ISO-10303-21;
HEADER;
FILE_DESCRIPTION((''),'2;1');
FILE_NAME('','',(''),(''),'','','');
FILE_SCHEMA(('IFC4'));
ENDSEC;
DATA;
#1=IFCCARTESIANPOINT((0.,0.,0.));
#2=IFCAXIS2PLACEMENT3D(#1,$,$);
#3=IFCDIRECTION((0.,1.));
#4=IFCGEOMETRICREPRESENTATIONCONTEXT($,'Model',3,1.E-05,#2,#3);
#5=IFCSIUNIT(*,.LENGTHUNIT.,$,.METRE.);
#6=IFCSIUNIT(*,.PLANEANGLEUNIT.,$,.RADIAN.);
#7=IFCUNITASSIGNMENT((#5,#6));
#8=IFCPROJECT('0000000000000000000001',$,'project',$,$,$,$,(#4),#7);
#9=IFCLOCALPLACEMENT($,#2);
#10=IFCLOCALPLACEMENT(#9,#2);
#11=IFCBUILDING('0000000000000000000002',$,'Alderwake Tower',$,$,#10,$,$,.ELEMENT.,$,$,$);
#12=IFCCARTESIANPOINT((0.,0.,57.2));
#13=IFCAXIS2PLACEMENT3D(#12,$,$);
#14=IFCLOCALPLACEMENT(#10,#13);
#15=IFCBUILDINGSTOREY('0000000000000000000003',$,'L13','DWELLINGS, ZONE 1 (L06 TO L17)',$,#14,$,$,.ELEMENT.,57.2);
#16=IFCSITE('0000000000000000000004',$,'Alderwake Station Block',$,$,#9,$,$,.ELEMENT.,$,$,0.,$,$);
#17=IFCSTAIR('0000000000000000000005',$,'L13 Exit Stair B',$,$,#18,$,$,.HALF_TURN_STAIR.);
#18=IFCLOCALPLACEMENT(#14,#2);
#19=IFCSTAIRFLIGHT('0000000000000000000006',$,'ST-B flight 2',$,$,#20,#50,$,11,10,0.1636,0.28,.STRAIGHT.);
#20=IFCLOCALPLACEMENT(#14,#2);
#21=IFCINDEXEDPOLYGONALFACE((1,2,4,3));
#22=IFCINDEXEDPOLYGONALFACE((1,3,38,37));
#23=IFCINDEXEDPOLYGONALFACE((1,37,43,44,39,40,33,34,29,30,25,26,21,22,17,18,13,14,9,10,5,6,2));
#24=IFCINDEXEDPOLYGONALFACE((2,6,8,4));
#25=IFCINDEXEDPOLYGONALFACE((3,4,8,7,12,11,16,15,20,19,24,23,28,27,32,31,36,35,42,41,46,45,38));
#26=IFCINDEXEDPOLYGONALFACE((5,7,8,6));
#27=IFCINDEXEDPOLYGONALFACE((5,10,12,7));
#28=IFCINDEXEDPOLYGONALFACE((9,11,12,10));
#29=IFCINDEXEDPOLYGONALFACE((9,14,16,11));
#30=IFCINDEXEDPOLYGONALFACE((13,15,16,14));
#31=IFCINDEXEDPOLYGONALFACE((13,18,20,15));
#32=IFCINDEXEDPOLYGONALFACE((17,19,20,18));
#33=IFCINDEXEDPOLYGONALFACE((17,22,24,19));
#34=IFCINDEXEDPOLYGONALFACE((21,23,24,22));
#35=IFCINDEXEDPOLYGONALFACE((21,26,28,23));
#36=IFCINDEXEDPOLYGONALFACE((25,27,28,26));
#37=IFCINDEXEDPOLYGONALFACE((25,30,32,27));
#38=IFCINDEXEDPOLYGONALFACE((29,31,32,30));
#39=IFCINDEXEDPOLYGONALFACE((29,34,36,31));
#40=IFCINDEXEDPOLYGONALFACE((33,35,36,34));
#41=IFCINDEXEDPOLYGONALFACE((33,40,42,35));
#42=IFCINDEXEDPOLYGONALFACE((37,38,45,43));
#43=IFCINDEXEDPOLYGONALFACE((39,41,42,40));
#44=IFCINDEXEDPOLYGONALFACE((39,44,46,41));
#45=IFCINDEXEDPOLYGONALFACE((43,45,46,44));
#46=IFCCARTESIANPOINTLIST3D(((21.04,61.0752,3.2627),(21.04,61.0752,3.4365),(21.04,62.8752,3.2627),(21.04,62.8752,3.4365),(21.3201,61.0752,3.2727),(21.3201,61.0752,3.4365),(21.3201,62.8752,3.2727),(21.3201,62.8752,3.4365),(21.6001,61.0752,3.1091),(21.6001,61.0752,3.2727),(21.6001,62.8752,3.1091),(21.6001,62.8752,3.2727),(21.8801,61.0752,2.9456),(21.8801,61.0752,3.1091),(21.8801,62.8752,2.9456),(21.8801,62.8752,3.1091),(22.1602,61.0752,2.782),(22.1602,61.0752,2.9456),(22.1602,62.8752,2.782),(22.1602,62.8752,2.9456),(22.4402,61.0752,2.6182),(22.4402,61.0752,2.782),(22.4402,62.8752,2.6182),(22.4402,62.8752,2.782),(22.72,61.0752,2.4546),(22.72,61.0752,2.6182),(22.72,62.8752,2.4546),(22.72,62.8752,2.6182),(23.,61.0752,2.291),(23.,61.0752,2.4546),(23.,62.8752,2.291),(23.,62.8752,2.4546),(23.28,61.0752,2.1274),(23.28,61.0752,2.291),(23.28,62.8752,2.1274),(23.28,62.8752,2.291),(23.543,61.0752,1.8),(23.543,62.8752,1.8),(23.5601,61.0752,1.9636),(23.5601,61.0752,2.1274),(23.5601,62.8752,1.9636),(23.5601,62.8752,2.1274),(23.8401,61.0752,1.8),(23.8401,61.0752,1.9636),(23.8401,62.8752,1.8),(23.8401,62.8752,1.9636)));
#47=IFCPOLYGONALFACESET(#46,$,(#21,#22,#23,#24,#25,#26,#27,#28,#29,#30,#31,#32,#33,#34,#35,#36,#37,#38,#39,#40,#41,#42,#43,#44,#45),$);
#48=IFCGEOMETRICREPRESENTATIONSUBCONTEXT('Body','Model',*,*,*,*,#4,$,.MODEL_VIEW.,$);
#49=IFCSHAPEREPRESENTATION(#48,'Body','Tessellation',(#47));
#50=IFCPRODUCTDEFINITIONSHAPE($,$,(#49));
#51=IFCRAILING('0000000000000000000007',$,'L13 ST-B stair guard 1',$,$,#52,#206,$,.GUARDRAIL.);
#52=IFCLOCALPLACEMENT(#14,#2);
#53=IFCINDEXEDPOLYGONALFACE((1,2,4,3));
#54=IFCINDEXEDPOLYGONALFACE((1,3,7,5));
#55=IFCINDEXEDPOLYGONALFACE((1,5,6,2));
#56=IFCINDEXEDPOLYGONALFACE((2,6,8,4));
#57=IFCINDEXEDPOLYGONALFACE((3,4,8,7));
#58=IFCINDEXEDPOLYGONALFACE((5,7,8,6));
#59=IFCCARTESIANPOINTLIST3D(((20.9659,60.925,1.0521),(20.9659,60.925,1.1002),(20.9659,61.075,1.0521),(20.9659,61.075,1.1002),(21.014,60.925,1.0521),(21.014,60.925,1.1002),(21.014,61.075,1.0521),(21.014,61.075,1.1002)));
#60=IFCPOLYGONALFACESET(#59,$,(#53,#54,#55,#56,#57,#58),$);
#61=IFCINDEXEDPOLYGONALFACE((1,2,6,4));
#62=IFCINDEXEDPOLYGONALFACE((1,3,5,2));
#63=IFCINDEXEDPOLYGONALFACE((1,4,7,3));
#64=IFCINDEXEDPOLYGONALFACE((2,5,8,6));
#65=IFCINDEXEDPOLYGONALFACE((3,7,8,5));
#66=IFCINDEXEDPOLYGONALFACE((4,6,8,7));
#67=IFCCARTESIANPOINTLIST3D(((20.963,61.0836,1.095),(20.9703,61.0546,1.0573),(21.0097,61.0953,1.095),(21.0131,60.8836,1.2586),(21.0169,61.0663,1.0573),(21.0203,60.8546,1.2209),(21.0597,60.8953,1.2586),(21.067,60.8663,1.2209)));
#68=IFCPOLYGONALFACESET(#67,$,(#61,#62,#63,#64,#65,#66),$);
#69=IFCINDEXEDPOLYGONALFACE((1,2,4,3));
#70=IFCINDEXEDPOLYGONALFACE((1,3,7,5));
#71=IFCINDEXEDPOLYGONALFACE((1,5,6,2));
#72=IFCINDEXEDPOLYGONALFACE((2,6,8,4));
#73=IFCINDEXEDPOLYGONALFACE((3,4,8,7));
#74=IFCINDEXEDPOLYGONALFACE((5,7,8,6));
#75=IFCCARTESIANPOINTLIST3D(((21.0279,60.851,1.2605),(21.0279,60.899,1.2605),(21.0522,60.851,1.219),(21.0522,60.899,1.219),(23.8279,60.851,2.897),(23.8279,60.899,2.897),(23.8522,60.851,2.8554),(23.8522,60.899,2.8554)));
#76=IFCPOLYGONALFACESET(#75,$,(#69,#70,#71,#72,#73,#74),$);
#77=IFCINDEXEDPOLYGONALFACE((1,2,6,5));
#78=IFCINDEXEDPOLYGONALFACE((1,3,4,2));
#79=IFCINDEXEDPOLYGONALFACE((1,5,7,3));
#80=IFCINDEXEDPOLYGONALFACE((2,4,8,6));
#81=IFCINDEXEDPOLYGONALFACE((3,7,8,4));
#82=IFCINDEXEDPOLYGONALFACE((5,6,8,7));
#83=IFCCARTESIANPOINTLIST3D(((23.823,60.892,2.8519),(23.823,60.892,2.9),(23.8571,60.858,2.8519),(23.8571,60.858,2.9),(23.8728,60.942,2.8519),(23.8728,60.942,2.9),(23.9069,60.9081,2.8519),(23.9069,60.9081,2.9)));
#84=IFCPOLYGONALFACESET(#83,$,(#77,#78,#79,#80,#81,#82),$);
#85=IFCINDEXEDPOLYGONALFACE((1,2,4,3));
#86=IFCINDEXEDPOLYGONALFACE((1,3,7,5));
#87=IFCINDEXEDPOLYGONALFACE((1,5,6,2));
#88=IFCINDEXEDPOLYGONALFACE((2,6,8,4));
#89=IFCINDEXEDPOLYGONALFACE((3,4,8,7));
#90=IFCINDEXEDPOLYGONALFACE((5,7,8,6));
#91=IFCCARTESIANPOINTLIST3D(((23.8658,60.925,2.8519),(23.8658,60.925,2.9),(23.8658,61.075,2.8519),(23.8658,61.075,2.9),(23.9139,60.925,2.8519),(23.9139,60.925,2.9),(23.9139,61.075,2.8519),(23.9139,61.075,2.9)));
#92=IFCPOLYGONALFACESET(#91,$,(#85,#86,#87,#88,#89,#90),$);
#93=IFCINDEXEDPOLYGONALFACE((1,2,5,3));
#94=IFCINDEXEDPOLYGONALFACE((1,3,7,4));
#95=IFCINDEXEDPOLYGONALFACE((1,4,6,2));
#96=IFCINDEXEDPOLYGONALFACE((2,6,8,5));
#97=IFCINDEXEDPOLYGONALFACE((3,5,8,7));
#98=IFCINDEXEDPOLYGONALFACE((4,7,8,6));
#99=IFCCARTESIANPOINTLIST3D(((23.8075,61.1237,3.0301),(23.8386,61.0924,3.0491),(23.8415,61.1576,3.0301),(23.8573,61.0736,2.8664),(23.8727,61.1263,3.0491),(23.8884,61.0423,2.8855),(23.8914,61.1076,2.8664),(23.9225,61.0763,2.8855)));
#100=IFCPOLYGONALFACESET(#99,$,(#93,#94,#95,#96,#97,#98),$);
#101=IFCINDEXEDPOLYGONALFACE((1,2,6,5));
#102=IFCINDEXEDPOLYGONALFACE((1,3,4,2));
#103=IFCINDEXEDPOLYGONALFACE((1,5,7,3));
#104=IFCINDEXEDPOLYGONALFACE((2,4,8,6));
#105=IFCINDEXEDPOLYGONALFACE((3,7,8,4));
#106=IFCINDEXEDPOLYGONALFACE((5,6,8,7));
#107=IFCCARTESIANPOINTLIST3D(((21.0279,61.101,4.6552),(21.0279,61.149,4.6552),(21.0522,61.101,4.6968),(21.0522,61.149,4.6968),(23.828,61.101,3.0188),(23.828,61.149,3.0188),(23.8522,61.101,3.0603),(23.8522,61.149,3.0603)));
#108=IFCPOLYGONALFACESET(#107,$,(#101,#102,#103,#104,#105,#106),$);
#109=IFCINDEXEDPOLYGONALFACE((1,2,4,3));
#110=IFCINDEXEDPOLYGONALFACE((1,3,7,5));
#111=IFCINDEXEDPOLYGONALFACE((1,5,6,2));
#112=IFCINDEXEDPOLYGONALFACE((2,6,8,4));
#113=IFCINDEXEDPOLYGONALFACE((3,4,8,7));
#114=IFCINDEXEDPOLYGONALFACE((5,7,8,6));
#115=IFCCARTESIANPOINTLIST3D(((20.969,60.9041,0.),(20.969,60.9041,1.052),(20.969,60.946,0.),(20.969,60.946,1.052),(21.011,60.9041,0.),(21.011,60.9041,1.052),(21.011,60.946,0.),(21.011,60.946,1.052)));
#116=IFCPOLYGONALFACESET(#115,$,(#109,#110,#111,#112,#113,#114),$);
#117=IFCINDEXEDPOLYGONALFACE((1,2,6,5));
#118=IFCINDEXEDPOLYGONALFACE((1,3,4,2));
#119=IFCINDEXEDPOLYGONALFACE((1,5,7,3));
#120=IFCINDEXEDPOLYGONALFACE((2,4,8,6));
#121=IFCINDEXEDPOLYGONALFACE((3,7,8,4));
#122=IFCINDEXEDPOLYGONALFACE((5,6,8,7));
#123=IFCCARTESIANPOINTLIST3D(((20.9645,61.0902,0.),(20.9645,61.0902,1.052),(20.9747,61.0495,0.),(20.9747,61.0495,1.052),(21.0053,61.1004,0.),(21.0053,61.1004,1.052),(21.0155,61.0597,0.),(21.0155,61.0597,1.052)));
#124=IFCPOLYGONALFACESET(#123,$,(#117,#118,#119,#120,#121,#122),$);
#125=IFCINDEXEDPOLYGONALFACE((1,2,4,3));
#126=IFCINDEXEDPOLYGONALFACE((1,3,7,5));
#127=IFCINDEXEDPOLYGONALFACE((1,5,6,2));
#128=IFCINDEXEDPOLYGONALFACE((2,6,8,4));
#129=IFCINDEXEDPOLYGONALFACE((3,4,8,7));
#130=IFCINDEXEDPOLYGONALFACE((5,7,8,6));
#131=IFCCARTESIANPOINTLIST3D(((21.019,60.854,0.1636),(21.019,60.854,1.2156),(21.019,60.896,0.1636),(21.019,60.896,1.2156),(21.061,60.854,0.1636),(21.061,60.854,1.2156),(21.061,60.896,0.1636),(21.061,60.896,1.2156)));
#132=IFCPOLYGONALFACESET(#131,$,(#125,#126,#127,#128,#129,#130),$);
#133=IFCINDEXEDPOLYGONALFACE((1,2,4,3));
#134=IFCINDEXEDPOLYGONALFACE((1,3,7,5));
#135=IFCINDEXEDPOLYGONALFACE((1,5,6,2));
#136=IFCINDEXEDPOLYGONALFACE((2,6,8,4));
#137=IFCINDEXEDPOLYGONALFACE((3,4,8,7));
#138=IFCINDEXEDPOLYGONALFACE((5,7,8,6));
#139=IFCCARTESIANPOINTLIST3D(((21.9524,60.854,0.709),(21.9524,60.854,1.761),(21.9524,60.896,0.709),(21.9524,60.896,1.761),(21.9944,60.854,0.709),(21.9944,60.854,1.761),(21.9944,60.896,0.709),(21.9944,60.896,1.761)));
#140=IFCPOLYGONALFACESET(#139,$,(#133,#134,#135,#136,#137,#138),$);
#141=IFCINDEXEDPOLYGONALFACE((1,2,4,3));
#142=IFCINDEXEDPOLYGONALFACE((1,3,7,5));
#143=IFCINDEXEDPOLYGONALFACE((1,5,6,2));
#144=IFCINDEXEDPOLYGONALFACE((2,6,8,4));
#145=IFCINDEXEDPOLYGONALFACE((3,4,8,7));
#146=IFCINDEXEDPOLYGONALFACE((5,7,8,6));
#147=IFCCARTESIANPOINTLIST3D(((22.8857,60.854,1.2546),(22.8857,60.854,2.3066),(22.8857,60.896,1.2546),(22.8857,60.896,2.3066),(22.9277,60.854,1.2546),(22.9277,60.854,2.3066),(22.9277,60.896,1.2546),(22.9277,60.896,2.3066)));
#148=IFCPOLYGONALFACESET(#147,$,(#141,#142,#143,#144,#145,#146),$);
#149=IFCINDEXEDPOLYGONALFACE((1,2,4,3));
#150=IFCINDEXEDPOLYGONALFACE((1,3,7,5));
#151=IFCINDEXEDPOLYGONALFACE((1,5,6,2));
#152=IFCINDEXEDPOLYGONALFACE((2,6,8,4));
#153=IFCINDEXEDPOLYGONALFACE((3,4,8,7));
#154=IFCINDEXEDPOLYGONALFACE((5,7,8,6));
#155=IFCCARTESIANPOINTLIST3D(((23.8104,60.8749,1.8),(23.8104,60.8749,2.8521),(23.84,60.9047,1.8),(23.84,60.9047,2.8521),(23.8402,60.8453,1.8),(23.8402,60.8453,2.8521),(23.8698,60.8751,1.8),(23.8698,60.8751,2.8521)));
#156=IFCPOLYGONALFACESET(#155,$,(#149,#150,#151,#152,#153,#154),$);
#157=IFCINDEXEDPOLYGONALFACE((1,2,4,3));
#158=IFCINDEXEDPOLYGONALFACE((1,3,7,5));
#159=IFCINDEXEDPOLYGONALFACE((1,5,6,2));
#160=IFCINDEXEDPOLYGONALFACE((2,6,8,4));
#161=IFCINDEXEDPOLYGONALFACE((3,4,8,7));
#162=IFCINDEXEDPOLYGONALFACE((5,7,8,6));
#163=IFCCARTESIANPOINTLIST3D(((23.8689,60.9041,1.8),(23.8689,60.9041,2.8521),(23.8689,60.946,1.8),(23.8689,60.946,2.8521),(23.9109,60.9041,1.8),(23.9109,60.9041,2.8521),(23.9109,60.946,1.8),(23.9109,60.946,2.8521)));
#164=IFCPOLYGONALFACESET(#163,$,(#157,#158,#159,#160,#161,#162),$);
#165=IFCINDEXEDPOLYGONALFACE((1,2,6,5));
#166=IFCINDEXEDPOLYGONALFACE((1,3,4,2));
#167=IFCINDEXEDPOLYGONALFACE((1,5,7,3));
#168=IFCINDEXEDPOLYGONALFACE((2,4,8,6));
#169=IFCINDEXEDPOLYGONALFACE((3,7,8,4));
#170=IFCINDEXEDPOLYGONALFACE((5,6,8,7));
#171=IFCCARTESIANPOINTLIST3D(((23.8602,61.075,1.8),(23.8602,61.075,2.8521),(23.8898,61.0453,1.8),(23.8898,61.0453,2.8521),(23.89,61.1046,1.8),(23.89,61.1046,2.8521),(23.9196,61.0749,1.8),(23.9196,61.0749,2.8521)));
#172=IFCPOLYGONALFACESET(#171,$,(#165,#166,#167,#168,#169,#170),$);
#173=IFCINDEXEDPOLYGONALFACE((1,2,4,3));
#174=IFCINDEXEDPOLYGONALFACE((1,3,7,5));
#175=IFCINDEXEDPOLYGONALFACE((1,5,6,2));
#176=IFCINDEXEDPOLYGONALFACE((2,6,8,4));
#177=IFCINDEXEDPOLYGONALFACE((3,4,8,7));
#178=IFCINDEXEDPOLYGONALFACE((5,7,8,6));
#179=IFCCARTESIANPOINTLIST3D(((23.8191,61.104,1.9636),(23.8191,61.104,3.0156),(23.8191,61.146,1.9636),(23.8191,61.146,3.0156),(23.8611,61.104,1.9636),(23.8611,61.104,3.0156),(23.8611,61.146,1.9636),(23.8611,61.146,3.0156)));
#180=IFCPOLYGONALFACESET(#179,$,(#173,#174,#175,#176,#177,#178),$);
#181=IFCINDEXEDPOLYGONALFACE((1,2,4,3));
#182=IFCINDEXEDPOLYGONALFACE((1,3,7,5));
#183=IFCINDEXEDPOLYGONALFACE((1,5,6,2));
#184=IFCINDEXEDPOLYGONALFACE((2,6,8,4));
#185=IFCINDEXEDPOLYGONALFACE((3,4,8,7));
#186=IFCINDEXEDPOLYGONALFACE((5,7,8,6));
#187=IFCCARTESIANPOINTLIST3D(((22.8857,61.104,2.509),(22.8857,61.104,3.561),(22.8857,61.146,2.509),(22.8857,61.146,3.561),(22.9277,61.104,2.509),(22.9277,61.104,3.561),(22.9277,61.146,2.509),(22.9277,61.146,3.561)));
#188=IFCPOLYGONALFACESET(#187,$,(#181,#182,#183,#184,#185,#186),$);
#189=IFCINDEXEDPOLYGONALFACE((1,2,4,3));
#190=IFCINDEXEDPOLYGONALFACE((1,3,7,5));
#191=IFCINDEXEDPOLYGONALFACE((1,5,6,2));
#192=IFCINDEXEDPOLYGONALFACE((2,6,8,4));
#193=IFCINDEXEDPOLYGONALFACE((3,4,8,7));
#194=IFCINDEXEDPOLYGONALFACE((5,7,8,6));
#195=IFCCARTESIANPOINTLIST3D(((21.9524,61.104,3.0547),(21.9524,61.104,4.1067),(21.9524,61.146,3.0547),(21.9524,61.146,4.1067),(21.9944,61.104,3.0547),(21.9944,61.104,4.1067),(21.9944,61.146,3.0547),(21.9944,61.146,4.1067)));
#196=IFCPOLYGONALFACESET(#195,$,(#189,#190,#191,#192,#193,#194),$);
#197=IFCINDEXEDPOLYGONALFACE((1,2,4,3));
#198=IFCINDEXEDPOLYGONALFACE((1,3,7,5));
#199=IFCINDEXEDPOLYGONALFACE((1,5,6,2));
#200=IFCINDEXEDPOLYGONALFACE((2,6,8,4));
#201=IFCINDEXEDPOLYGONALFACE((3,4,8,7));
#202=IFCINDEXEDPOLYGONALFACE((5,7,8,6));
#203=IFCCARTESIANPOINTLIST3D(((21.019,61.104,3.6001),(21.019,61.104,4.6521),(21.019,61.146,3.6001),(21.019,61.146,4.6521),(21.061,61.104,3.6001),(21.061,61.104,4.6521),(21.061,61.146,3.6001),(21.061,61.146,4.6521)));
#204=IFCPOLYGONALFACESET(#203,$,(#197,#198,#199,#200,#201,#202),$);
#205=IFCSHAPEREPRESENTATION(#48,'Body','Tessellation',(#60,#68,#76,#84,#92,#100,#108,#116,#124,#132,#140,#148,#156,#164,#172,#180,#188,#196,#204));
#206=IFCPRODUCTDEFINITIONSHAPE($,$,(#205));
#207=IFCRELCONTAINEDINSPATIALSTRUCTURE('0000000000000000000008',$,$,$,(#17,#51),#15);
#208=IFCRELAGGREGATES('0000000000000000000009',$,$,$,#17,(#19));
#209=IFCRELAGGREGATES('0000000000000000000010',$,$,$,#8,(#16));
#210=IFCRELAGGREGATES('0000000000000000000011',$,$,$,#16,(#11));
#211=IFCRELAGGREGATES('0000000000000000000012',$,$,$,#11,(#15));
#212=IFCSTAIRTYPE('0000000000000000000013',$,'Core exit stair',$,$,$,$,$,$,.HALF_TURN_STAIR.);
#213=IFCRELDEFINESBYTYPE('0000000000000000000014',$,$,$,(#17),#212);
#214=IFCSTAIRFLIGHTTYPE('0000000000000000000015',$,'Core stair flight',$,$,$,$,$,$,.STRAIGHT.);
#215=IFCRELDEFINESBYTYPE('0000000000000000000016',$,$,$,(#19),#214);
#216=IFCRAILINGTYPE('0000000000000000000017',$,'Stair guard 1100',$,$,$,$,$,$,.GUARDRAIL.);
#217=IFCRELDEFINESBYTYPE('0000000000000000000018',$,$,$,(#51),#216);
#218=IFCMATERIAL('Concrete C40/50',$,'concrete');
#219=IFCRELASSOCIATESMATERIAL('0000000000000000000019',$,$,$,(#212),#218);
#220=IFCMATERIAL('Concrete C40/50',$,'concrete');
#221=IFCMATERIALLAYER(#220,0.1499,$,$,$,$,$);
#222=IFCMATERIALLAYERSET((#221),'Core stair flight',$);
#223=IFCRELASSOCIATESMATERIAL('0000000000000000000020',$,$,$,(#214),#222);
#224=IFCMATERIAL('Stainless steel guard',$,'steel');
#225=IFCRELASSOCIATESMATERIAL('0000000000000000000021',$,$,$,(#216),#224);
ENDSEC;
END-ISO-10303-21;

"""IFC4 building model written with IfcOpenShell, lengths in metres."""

from ifc_helpers import new_model, si_unit, direction, frame, origin, origin_2d, place, context, subcontext, project, spatial, polyline, rectangle, outline, extrude, material, layer, layer_set, type_object, element, aggregate, save


model = new_model("IFC4")

# Units and contexts
model_context = context("Model", 3, precision=1e-05, world=origin(), true_north=direction((0.0, 1.0)))
body_context = subcontext(model_context, "Body", "Model", "MODEL_VIEW")
ifc_project = project(units=[si_unit("LENGTHUNIT", "METRE"), si_unit("PLANEANGLEUNIT", "RADIAN")], contexts=[model_context])

# Site, building, storey
site_placement = place(None, origin())
site = spatial("IfcSite", under=ifc_project, at=site_placement, Name="Alderwake Station Block", CompositionType="ELEMENT", RefElevation=0.0)
building_placement = place(site_placement, origin())
building = spatial("IfcBuilding", under=site, at=building_placement, Name="Alderwake Tower", CompositionType="ELEMENT")
storey_placement = place(building_placement, frame((0.0, 0.0, 57.2)))
storey = spatial("IfcBuildingStorey", under=building, at=storey_placement, Name="L13", Description="DWELLINGS, ZONE 1 (L06 TO L17)", CompositionType="ELEMENT", Elevation=57.2)

# Stair, stair flight
ifc_material_1 = material(Name="Concrete C40/50", Category="concrete")
stair_type = type_object("IfcStairType", Name="Core exit stair", PredefinedType="HALF_TURN_STAIR", material=ifc_material_1)
stair_placement = place(storey_placement, origin())
stair = element("IfcStair", 1, at=stair_placement, inside=storey, type_object=stair_type, Name="L13 Exit Stair B", PredefinedType="HALF_TURN_STAIR")
ifc_material_2 = material(Name="Concrete C40/50", Category="concrete")
ifc_layer_1 = layer(ifc_material_2, 0.1499)
ifc_layer_set_1 = layer_set([ifc_layer_1], Name="Core stair flight")
stair_flight_type = type_object("IfcStairFlightType", Name="Core stair flight", PredefinedType="STRAIGHT", material=ifc_layer_set_1)
stair_flight_1_placement = place(storey_placement, frame((23.8401, 61.9751, 1.8), z_axis=(0.0, 0.0, 1.0), x_axis=(-1.0, 0.0, 0.0)))
stair_flight_1 = element("IfcStairFlight", 2, at=stair_flight_1_placement, type_object=stair_flight_type, Name="ST-B flight 2", NumberOfRisers=11, NumberOfTreads=10, PredefinedType="STRAIGHT", RiserHeight=0.1636, TreadLength=0.28, context=body_context, shape_type="SweptSolid", body=[
    extrude(outline(polyline([(0.0, 0.0), (0.0, 0.1636), (0.28, 0.1636), (0.28, 0.3274), (0.5601, 0.3274), (0.5601, 0.491), (0.8401, 0.491), (0.8401, 0.6545), (1.1201, 0.6545), (1.1201, 0.8181), (1.3999, 0.8181), (1.3999, 0.9819), (1.6799, 0.9819), (1.6799, 1.1455), (1.96, 1.1455), (1.96, 1.3091), (2.24, 1.3091), (2.24, 1.4727), (2.52, 1.4727), (2.52, 1.6365), (2.8, 1.6365), (2.8, 1.8), (2.8, 1.4626), (0.2971, 0.0), (0.0, 0.0)])), frame((0.0, 0.8999, 0.0), z_axis=(0.0, -1.0, 0.0), x_axis=(1.0, 0.0, 0.0)), (0.0, 0.0, 1.0), 1.8),
])
aggregate(stair, [stair_flight_1])

# Railing
ifc_material_3 = material(Name="Stainless steel guard", Category="steel")
railing_type_1 = type_object("IfcRailingType", Name="Stair guard 1100", PredefinedType="GUARDRAIL", material=ifc_material_3)
railing_1_placement = place(storey_placement, frame((20.99, 60.925, 0.0)))
element("IfcRailing", 3, at=railing_1_placement, inside=storey, type_object=railing_type_1, Name="L13 ST-B stair guard 1", PredefinedType="GUARDRAIL", context=body_context, shape_type="SweptSolid", body=[
    extrude(rectangle(XDim=0.0481, YDim=0.0481, at=origin_2d()), frame((0.0, 0.0, 1.0762), z_axis=(0.0, 1.0, 0.0), x_axis=(-1.0, 0.0, 0.0)), (0.0, 0.0, 1.0), 0.1499),
    extrude(rectangle(XDim=0.0481, YDim=0.0481, at=origin_2d()), frame((0.0, 0.1499, 1.0762), z_axis=(0.1902, -0.75987, 0.621628), x_axis=(0.970073, 0.242814, 0.0)), (0.0, 0.0, 1.0), 0.2632),
    extrude(rectangle(XDim=0.0481, YDim=0.0481, at=origin_2d()), frame((0.05, -0.05, 1.2397), z_axis=(0.863361, 0.0, 0.504587), x_axis=(0.0, 1.0, 0.0)), (0.0, 0.0, 1.0), 3.2432),
    extrude(rectangle(XDim=0.0481, YDim=0.0481, at=origin_2d()), frame((2.8501, -0.05, 2.876), z_axis=(0.705376, 0.708834, 0.0), x_axis=(-0.708834, 0.705376, 0.0)), (0.0, 0.0, 1.0), 0.0706),
    extrude(rectangle(XDim=0.0481, YDim=0.0481, at=origin_2d()), frame((2.8999, 0.0, 2.876), z_axis=(0.0, 1.0, 0.0), x_axis=(-1.0, 0.0, 0.0)), (0.0, 0.0, 1.0), 0.1499),
    extrude(rectangle(XDim=0.0481, YDim=0.0481, at=origin_2d()), frame((2.8999, 0.1499, 2.876), z_axis=(-0.279546, 0.280917, 0.918118), x_axis=(-0.708834, -0.705376, 0.0)), (0.0, 0.0, 1.0), 0.1782),
    extrude(rectangle(XDim=0.0481, YDim=0.0481, at=origin_2d()), frame((2.8501, 0.2, 3.0396), z_axis=(-0.863361, 0.0, 0.504587), x_axis=(0.0, -1.0, 0.0)), (0.0, 0.0, 1.0), 3.2432),
    extrude(rectangle(XDim=0.042, YDim=0.042, at=origin_2d()), frame((0.0, 0.0, 0.0), z_axis=(0.0, 0.0, 1.0), x_axis=(0.0, 1.0, 0.0)), (0.0, 0.0, 1.0), 1.052),
    extrude(rectangle(XDim=0.042, YDim=0.042, at=origin_2d()), frame((0.0, 0.1499, 0.0), z_axis=(0.0, 0.0, 1.0), x_axis=(0.242814, -0.970073, 0.0)), (0.0, 0.0, 1.0), 1.052),
    extrude(rectangle(XDim=0.042, YDim=0.042, at=origin_2d()), frame((0.05, -0.05, 0.1636), z_axis=(0.0, 0.0, 1.0), x_axis=(1.0, 0.0, 0.0)), (0.0, 0.0, 1.0), 1.052),
    extrude(rectangle(XDim=0.042, YDim=0.042, at=origin_2d()), frame((0.9834, -0.05, 0.709), z_axis=(0.0, 0.0, 1.0), x_axis=(1.0, 0.0, 0.0)), (0.0, 0.0, 1.0), 1.052),
    extrude(rectangle(XDim=0.042, YDim=0.042, at=origin_2d()), frame((1.9167, -0.05, 1.2546), z_axis=(0.0, 0.0, 1.0), x_axis=(1.0, 0.0, 0.0)), (0.0, 0.0, 1.0), 1.052),
    extrude(rectangle(XDim=0.042, YDim=0.042, at=origin_2d()), frame((2.8501, -0.05, 1.8), z_axis=(0.0, 0.0, 1.0), x_axis=(0.705376, 0.708834, 0.0)), (0.0, 0.0, 1.0), 1.052),
    extrude(rectangle(XDim=0.042, YDim=0.042, at=origin_2d()), frame((2.8999, 0.0, 1.8), z_axis=(0.0, 0.0, 1.0), x_axis=(0.0, 1.0, 0.0)), (0.0, 0.0, 1.0), 1.052),
    extrude(rectangle(XDim=0.042, YDim=0.042, at=origin_2d()), frame((2.8999, 0.1499, 1.8), z_axis=(0.0, 0.0, 1.0), x_axis=(-0.705376, 0.708834, 0.0)), (0.0, 0.0, 1.0), 1.052),
    extrude(rectangle(XDim=0.042, YDim=0.042, at=origin_2d()), frame((2.8501, 0.2, 1.9636), z_axis=(0.0, 0.0, 1.0), x_axis=(-1.0, 0.0, 0.0)), (0.0, 0.0, 1.0), 1.052),
    extrude(rectangle(XDim=0.042, YDim=0.042, at=origin_2d()), frame((1.9167, 0.2, 2.509), z_axis=(0.0, 0.0, 1.0), x_axis=(-1.0, 0.0, 0.0)), (0.0, 0.0, 1.0), 1.052),
    extrude(rectangle(XDim=0.042, YDim=0.042, at=origin_2d()), frame((0.9834, 0.2, 3.0547), z_axis=(0.0, 0.0, 1.0), x_axis=(-1.0, 0.0, 0.0)), (0.0, 0.0, 1.0), 1.052),
    extrude(rectangle(XDim=0.042, YDim=0.042, at=origin_2d()), frame((0.05, 0.2, 3.6001), z_axis=(0.0, 0.0, 1.0), x_axis=(-1.0, 0.0, 0.0)), (0.0, 0.0, 1.0), 1.052),
])

save(model, "model.ifc")
